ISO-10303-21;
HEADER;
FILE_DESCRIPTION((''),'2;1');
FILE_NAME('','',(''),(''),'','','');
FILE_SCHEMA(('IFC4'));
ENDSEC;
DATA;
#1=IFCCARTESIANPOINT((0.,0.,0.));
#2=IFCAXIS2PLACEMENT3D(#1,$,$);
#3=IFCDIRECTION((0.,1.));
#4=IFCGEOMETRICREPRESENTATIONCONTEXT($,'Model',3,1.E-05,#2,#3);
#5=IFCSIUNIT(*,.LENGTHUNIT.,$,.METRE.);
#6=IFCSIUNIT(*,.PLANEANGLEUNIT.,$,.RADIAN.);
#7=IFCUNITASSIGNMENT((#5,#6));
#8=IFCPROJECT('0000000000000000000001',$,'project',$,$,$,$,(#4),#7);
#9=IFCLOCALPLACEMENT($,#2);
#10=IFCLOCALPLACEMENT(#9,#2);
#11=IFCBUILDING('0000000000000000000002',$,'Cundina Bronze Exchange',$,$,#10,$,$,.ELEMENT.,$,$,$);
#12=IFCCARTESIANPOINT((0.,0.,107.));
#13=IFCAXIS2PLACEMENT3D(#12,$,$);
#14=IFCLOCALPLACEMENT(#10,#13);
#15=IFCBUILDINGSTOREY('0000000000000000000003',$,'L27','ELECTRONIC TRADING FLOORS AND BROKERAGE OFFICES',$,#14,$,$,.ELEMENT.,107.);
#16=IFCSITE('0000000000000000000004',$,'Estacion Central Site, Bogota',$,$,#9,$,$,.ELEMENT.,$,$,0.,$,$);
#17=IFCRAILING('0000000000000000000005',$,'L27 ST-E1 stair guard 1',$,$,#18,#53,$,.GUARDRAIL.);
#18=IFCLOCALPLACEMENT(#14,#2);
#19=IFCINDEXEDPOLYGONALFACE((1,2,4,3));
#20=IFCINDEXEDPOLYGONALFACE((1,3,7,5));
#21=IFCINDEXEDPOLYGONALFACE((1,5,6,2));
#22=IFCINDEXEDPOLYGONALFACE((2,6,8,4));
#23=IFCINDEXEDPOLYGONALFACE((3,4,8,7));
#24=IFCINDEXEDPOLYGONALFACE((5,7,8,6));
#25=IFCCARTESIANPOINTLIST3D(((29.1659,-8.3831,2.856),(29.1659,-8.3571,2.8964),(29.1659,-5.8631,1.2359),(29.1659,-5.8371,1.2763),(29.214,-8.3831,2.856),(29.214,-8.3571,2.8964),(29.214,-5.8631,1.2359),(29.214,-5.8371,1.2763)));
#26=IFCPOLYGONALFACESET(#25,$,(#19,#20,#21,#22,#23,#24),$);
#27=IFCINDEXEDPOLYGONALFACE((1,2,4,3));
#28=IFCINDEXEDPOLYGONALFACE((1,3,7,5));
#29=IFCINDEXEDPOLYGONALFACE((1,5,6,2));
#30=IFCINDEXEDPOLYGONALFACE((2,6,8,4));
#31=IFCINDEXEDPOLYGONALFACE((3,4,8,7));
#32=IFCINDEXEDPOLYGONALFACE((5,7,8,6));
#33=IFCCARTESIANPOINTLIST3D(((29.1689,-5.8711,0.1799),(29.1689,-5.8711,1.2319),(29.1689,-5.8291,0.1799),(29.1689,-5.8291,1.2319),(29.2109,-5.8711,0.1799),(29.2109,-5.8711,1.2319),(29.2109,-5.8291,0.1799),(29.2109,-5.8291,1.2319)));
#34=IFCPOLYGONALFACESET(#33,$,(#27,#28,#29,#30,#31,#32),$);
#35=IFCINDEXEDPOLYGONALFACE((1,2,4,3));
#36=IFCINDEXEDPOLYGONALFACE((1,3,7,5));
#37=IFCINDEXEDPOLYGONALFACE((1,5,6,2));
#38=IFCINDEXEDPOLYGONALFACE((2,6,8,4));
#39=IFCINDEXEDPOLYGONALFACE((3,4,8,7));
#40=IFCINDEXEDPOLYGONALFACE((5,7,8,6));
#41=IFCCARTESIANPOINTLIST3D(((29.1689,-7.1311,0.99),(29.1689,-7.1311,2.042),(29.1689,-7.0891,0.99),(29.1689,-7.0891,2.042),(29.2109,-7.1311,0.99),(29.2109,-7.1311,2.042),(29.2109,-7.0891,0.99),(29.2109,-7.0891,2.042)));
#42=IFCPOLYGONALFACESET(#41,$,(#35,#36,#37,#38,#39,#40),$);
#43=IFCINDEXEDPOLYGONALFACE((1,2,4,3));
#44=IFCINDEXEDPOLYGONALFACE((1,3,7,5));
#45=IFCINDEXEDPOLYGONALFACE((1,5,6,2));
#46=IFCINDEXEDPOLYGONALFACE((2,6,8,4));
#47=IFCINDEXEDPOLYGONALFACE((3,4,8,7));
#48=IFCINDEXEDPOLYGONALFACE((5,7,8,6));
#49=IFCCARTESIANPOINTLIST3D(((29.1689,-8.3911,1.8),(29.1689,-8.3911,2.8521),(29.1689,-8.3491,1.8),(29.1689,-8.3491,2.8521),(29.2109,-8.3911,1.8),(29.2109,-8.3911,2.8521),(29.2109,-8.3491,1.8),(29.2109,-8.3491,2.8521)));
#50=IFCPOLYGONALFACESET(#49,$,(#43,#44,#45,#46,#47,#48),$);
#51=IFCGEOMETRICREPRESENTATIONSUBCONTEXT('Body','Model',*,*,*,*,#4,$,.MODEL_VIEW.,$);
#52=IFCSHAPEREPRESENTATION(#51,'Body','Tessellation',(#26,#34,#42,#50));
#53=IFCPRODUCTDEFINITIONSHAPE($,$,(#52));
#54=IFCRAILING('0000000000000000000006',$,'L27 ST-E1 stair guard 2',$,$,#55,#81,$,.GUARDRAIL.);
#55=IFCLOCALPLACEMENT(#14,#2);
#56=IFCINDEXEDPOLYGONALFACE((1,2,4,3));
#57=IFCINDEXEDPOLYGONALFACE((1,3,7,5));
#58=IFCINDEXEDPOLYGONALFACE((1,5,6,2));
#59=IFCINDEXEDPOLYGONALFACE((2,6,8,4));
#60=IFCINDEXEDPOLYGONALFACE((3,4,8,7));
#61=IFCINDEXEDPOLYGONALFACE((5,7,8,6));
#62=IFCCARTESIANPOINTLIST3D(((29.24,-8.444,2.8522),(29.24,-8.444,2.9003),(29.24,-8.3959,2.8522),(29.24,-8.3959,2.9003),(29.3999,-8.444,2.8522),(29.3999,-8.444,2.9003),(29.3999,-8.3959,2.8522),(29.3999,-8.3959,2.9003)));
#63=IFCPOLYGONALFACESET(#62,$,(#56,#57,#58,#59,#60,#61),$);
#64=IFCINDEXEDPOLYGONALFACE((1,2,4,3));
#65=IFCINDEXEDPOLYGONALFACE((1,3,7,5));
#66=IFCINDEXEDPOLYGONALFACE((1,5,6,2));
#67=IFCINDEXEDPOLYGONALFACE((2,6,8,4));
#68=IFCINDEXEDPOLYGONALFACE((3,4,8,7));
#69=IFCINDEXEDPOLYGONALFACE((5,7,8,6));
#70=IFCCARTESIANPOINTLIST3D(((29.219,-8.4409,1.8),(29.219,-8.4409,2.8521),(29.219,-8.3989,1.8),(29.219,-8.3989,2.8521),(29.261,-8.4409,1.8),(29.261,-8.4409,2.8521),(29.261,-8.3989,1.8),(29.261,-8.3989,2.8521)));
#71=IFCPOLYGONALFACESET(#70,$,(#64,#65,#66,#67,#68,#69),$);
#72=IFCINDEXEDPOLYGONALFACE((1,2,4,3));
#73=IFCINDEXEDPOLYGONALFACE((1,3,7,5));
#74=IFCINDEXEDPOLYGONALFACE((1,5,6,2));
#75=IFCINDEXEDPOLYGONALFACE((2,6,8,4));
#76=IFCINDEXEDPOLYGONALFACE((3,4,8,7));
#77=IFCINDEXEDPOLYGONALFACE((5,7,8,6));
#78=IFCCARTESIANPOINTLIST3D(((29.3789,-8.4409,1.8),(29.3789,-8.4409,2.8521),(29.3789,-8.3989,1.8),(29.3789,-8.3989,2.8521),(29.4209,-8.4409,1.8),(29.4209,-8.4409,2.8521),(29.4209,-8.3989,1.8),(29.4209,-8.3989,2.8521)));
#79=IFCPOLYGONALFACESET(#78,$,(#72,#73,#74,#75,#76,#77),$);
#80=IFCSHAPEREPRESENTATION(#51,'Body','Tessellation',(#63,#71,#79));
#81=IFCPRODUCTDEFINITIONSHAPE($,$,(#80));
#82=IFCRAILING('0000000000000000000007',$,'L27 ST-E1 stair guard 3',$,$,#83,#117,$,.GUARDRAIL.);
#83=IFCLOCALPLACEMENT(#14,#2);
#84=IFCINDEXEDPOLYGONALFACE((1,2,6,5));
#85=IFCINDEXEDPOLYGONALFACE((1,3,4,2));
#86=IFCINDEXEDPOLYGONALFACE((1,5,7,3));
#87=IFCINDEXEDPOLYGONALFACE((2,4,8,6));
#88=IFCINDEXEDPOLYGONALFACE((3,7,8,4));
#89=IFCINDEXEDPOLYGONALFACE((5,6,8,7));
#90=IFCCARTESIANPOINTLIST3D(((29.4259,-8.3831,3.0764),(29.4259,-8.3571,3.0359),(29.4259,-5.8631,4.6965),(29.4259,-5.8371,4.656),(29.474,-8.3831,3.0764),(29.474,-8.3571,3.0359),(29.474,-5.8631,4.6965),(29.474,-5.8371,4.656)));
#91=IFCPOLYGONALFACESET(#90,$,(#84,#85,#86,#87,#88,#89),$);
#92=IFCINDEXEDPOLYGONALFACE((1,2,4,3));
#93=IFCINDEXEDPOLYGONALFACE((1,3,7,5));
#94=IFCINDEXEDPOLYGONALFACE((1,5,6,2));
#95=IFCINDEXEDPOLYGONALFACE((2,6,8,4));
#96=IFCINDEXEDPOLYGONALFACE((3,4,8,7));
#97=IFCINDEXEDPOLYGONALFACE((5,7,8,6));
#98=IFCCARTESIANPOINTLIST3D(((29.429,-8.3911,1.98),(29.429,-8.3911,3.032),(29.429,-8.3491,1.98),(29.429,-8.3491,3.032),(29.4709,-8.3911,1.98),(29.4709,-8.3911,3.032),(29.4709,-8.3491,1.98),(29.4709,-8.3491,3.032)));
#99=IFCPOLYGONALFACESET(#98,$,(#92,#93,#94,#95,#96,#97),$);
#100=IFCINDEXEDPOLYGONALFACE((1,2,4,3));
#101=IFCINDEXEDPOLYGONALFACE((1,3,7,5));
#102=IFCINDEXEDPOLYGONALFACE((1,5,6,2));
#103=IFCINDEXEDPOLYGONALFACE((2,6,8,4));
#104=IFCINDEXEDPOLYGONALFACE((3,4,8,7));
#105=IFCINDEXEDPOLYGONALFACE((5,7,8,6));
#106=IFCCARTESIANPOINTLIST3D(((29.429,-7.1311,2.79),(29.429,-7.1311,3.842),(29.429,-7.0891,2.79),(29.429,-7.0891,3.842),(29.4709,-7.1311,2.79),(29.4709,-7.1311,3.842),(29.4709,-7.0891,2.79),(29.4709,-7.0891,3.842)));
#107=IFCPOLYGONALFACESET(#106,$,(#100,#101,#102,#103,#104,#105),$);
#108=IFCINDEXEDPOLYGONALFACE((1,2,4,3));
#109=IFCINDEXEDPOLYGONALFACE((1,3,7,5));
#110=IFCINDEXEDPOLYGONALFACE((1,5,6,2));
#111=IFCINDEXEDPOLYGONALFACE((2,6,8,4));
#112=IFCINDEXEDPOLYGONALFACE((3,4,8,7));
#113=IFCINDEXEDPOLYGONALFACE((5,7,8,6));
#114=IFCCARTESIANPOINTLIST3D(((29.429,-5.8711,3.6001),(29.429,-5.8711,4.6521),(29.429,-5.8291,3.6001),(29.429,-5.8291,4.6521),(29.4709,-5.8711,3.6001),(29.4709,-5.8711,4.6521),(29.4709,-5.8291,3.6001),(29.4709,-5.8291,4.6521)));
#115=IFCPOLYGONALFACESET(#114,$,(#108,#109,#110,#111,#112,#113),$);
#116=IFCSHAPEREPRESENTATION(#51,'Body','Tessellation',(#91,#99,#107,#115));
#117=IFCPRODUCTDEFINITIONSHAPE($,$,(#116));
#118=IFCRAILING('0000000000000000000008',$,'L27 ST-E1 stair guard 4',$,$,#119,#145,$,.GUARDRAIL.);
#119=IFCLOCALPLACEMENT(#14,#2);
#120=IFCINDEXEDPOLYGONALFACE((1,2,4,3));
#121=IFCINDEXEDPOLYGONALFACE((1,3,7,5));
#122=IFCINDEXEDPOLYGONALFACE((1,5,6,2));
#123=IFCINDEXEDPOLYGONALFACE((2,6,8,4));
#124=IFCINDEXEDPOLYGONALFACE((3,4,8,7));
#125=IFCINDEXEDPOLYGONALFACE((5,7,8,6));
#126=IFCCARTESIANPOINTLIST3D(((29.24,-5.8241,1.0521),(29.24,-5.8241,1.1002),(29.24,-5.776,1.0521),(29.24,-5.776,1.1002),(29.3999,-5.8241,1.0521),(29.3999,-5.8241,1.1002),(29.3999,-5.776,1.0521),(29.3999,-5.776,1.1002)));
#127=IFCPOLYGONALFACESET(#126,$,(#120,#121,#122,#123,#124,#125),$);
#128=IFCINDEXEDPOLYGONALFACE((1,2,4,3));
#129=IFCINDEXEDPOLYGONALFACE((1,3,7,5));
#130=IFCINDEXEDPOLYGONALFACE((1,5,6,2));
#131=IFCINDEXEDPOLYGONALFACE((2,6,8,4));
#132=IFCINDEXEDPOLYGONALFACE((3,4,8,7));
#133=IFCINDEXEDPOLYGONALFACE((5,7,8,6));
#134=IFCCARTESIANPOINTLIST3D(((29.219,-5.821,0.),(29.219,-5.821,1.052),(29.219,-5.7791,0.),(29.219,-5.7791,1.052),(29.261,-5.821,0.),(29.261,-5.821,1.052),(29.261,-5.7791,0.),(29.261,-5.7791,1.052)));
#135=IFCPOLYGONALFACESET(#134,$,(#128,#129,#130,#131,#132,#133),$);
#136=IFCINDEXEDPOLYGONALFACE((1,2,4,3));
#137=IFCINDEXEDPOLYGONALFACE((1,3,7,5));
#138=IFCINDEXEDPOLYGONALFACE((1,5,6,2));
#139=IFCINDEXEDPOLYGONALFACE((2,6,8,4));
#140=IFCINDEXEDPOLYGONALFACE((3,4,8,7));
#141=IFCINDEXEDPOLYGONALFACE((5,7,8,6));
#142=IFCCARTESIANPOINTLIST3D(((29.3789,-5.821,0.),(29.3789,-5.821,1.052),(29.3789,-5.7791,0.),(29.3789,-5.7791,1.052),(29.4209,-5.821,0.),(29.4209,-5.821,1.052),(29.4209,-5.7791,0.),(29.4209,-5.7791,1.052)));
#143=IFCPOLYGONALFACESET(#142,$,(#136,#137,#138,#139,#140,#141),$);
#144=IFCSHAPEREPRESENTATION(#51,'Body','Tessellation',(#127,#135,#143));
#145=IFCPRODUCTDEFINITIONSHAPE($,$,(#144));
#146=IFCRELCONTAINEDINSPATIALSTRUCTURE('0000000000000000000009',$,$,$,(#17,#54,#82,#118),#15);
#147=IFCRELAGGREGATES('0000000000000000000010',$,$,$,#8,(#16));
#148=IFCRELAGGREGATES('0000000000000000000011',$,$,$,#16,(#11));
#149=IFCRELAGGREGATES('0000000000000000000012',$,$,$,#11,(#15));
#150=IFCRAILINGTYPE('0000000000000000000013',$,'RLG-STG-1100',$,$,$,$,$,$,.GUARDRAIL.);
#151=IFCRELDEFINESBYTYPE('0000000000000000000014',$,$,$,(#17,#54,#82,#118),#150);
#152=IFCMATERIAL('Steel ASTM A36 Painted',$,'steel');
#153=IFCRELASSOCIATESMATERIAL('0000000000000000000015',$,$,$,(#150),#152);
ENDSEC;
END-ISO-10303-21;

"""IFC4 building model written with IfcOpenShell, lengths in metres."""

from ifc_helpers import new_model, si_unit, direction, frame, origin, origin_2d, place, context, subcontext, project, spatial, rectangle, extrude, material, type_object, element, save


model = new_model("IFC4")

# Units and contexts
model_context = context("Model", 3, precision=1e-05, world=origin(), true_north=direction((0.0, 1.0)))
body_context = subcontext(model_context, "Body", "Model", "MODEL_VIEW")
ifc_project = project(units=[si_unit("LENGTHUNIT", "METRE"), si_unit("PLANEANGLEUNIT", "RADIAN")], contexts=[model_context])

# Site, building, storey
site_placement = place(None, origin())
site = spatial("IfcSite", under=ifc_project, at=site_placement, Name="Estacion Central Site, Bogota", CompositionType="ELEMENT", RefElevation=0.0)
building_placement = place(site_placement, origin())
building = spatial("IfcBuilding", under=site, at=building_placement, Name="Cundina Bronze Exchange", CompositionType="ELEMENT")
storey_placement = place(building_placement, frame((0.0, 0.0, 107.0)))
storey = spatial("IfcBuildingStorey", under=building, at=storey_placement, Name="L27", Description="ELECTRONIC TRADING FLOORS AND BROKERAGE OFFICES", CompositionType="ELEMENT", Elevation=107.0)

# Railings
ifc_material_1 = material(Name="Steel ASTM A36 Painted", Category="steel")
railing_type_1 = type_object("IfcRailingType", Name="RLG-STG-1100", PredefinedType="GUARDRAIL", material=ifc_material_1)
railing_1_placement = place(storey_placement, frame((29.1899, -5.8501, 0.1799)))
element("IfcRailing", 1, at=railing_1_placement, inside=storey, type_object=railing_type_1, Name="L27 ST-E1 stair guard 1", PredefinedType="GUARDRAIL", context=body_context, shape_type="SweptSolid", body=[
    extrude(rectangle(XDim=0.0481, YDim=0.0481, at=origin_2d()), frame((0.0, 0.0, 1.0762), z_axis=(0.0, -0.841163, 0.540782), x_axis=(1.0, 0.0, 0.0)), (0.0, 0.0, 1.0), 2.9958),
    extrude(rectangle(XDim=0.042, YDim=0.042, at=origin_2d()), origin(), (0.0, 0.0, 1.0), 1.052),
    extrude(rectangle(XDim=0.042, YDim=0.042, at=origin_2d()), frame((0.0, -1.26, 0.8101)), (0.0, 0.0, 1.0), 1.052),
    extrude(rectangle(XDim=0.042, YDim=0.042, at=origin_2d()), frame((0.0, -2.52, 1.6201)), (0.0, 0.0, 1.0), 1.052),
])
railing_2_placement = place(storey_placement, frame((29.24, -8.4199, 1.8)))
element("IfcRailing", 2, at=railing_2_placement, inside=storey, type_object=railing_type_1, Name="L27 ST-E1 stair guard 2", PredefinedType="GUARDRAIL", context=body_context, shape_type="SweptSolid", body=[
    extrude(rectangle(XDim=0.0481, YDim=0.0481, at=origin_2d()), frame((0.0, 0.0, 1.0762), z_axis=(1.0, 0.0, 0.0), x_axis=(0.0, 1.0, 0.0)), (0.0, 0.0, 1.0), 0.1599),
    extrude(rectangle(XDim=0.042, YDim=0.042, at=origin_2d()), origin(), (0.0, 0.0, 1.0), 1.052),
    extrude(rectangle(XDim=0.042, YDim=0.042, at=origin_2d()), frame((0.1599, 0.0, 0.0)), (0.0, 0.0, 1.0), 1.052),
])
railing_3_placement = place(storey_placement, frame((29.45, -8.3701, 1.98)))
element("IfcRailing", 3, at=railing_3_placement, inside=storey, type_object=railing_type_1, Name="L27 ST-E1 stair guard 3", PredefinedType="GUARDRAIL", context=body_context, shape_type="SweptSolid", body=[
    extrude(rectangle(XDim=0.0481, YDim=0.0481, at=origin_2d()), frame((0.0, 0.0, 1.0762), z_axis=(0.0, 0.841163, 0.540782), x_axis=(-1.0, 0.0, 0.0)), (0.0, 0.0, 1.0), 2.9958),
    extrude(rectangle(XDim=0.042, YDim=0.042, at=origin_2d()), origin(), (0.0, 0.0, 1.0), 1.052),
    extrude(rectangle(XDim=0.042, YDim=0.042, at=origin_2d()), frame((0.0, 1.26, 0.8101)), (0.0, 0.0, 1.0), 1.052),
    extrude(rectangle(XDim=0.042, YDim=0.042, at=origin_2d()), frame((0.0, 2.52, 1.6201)), (0.0, 0.0, 1.0), 1.052),
])
railing_4_placement = place(storey_placement, frame((29.24, -5.8, 0.0)))
element("IfcRailing", 4, at=railing_4_placement, inside=storey, type_object=railing_type_1, Name="L27 ST-E1 stair guard 4", PredefinedType="GUARDRAIL", context=body_context, shape_type="SweptSolid", body=[
    extrude(rectangle(XDim=0.0481, YDim=0.0481, at=origin_2d()), frame((0.0, 0.0, 1.0762), z_axis=(1.0, 0.0, 0.0), x_axis=(0.0, 1.0, 0.0)), (0.0, 0.0, 1.0), 0.1599),
    extrude(rectangle(XDim=0.042, YDim=0.042, at=origin_2d()), origin(), (0.0, 0.0, 1.0), 1.052),
    extrude(rectangle(XDim=0.042, YDim=0.042, at=origin_2d()), frame((0.1599, 0.0, 0.0)), (0.0, 0.0, 1.0), 1.052),
])

save(model, "model.ifc")
